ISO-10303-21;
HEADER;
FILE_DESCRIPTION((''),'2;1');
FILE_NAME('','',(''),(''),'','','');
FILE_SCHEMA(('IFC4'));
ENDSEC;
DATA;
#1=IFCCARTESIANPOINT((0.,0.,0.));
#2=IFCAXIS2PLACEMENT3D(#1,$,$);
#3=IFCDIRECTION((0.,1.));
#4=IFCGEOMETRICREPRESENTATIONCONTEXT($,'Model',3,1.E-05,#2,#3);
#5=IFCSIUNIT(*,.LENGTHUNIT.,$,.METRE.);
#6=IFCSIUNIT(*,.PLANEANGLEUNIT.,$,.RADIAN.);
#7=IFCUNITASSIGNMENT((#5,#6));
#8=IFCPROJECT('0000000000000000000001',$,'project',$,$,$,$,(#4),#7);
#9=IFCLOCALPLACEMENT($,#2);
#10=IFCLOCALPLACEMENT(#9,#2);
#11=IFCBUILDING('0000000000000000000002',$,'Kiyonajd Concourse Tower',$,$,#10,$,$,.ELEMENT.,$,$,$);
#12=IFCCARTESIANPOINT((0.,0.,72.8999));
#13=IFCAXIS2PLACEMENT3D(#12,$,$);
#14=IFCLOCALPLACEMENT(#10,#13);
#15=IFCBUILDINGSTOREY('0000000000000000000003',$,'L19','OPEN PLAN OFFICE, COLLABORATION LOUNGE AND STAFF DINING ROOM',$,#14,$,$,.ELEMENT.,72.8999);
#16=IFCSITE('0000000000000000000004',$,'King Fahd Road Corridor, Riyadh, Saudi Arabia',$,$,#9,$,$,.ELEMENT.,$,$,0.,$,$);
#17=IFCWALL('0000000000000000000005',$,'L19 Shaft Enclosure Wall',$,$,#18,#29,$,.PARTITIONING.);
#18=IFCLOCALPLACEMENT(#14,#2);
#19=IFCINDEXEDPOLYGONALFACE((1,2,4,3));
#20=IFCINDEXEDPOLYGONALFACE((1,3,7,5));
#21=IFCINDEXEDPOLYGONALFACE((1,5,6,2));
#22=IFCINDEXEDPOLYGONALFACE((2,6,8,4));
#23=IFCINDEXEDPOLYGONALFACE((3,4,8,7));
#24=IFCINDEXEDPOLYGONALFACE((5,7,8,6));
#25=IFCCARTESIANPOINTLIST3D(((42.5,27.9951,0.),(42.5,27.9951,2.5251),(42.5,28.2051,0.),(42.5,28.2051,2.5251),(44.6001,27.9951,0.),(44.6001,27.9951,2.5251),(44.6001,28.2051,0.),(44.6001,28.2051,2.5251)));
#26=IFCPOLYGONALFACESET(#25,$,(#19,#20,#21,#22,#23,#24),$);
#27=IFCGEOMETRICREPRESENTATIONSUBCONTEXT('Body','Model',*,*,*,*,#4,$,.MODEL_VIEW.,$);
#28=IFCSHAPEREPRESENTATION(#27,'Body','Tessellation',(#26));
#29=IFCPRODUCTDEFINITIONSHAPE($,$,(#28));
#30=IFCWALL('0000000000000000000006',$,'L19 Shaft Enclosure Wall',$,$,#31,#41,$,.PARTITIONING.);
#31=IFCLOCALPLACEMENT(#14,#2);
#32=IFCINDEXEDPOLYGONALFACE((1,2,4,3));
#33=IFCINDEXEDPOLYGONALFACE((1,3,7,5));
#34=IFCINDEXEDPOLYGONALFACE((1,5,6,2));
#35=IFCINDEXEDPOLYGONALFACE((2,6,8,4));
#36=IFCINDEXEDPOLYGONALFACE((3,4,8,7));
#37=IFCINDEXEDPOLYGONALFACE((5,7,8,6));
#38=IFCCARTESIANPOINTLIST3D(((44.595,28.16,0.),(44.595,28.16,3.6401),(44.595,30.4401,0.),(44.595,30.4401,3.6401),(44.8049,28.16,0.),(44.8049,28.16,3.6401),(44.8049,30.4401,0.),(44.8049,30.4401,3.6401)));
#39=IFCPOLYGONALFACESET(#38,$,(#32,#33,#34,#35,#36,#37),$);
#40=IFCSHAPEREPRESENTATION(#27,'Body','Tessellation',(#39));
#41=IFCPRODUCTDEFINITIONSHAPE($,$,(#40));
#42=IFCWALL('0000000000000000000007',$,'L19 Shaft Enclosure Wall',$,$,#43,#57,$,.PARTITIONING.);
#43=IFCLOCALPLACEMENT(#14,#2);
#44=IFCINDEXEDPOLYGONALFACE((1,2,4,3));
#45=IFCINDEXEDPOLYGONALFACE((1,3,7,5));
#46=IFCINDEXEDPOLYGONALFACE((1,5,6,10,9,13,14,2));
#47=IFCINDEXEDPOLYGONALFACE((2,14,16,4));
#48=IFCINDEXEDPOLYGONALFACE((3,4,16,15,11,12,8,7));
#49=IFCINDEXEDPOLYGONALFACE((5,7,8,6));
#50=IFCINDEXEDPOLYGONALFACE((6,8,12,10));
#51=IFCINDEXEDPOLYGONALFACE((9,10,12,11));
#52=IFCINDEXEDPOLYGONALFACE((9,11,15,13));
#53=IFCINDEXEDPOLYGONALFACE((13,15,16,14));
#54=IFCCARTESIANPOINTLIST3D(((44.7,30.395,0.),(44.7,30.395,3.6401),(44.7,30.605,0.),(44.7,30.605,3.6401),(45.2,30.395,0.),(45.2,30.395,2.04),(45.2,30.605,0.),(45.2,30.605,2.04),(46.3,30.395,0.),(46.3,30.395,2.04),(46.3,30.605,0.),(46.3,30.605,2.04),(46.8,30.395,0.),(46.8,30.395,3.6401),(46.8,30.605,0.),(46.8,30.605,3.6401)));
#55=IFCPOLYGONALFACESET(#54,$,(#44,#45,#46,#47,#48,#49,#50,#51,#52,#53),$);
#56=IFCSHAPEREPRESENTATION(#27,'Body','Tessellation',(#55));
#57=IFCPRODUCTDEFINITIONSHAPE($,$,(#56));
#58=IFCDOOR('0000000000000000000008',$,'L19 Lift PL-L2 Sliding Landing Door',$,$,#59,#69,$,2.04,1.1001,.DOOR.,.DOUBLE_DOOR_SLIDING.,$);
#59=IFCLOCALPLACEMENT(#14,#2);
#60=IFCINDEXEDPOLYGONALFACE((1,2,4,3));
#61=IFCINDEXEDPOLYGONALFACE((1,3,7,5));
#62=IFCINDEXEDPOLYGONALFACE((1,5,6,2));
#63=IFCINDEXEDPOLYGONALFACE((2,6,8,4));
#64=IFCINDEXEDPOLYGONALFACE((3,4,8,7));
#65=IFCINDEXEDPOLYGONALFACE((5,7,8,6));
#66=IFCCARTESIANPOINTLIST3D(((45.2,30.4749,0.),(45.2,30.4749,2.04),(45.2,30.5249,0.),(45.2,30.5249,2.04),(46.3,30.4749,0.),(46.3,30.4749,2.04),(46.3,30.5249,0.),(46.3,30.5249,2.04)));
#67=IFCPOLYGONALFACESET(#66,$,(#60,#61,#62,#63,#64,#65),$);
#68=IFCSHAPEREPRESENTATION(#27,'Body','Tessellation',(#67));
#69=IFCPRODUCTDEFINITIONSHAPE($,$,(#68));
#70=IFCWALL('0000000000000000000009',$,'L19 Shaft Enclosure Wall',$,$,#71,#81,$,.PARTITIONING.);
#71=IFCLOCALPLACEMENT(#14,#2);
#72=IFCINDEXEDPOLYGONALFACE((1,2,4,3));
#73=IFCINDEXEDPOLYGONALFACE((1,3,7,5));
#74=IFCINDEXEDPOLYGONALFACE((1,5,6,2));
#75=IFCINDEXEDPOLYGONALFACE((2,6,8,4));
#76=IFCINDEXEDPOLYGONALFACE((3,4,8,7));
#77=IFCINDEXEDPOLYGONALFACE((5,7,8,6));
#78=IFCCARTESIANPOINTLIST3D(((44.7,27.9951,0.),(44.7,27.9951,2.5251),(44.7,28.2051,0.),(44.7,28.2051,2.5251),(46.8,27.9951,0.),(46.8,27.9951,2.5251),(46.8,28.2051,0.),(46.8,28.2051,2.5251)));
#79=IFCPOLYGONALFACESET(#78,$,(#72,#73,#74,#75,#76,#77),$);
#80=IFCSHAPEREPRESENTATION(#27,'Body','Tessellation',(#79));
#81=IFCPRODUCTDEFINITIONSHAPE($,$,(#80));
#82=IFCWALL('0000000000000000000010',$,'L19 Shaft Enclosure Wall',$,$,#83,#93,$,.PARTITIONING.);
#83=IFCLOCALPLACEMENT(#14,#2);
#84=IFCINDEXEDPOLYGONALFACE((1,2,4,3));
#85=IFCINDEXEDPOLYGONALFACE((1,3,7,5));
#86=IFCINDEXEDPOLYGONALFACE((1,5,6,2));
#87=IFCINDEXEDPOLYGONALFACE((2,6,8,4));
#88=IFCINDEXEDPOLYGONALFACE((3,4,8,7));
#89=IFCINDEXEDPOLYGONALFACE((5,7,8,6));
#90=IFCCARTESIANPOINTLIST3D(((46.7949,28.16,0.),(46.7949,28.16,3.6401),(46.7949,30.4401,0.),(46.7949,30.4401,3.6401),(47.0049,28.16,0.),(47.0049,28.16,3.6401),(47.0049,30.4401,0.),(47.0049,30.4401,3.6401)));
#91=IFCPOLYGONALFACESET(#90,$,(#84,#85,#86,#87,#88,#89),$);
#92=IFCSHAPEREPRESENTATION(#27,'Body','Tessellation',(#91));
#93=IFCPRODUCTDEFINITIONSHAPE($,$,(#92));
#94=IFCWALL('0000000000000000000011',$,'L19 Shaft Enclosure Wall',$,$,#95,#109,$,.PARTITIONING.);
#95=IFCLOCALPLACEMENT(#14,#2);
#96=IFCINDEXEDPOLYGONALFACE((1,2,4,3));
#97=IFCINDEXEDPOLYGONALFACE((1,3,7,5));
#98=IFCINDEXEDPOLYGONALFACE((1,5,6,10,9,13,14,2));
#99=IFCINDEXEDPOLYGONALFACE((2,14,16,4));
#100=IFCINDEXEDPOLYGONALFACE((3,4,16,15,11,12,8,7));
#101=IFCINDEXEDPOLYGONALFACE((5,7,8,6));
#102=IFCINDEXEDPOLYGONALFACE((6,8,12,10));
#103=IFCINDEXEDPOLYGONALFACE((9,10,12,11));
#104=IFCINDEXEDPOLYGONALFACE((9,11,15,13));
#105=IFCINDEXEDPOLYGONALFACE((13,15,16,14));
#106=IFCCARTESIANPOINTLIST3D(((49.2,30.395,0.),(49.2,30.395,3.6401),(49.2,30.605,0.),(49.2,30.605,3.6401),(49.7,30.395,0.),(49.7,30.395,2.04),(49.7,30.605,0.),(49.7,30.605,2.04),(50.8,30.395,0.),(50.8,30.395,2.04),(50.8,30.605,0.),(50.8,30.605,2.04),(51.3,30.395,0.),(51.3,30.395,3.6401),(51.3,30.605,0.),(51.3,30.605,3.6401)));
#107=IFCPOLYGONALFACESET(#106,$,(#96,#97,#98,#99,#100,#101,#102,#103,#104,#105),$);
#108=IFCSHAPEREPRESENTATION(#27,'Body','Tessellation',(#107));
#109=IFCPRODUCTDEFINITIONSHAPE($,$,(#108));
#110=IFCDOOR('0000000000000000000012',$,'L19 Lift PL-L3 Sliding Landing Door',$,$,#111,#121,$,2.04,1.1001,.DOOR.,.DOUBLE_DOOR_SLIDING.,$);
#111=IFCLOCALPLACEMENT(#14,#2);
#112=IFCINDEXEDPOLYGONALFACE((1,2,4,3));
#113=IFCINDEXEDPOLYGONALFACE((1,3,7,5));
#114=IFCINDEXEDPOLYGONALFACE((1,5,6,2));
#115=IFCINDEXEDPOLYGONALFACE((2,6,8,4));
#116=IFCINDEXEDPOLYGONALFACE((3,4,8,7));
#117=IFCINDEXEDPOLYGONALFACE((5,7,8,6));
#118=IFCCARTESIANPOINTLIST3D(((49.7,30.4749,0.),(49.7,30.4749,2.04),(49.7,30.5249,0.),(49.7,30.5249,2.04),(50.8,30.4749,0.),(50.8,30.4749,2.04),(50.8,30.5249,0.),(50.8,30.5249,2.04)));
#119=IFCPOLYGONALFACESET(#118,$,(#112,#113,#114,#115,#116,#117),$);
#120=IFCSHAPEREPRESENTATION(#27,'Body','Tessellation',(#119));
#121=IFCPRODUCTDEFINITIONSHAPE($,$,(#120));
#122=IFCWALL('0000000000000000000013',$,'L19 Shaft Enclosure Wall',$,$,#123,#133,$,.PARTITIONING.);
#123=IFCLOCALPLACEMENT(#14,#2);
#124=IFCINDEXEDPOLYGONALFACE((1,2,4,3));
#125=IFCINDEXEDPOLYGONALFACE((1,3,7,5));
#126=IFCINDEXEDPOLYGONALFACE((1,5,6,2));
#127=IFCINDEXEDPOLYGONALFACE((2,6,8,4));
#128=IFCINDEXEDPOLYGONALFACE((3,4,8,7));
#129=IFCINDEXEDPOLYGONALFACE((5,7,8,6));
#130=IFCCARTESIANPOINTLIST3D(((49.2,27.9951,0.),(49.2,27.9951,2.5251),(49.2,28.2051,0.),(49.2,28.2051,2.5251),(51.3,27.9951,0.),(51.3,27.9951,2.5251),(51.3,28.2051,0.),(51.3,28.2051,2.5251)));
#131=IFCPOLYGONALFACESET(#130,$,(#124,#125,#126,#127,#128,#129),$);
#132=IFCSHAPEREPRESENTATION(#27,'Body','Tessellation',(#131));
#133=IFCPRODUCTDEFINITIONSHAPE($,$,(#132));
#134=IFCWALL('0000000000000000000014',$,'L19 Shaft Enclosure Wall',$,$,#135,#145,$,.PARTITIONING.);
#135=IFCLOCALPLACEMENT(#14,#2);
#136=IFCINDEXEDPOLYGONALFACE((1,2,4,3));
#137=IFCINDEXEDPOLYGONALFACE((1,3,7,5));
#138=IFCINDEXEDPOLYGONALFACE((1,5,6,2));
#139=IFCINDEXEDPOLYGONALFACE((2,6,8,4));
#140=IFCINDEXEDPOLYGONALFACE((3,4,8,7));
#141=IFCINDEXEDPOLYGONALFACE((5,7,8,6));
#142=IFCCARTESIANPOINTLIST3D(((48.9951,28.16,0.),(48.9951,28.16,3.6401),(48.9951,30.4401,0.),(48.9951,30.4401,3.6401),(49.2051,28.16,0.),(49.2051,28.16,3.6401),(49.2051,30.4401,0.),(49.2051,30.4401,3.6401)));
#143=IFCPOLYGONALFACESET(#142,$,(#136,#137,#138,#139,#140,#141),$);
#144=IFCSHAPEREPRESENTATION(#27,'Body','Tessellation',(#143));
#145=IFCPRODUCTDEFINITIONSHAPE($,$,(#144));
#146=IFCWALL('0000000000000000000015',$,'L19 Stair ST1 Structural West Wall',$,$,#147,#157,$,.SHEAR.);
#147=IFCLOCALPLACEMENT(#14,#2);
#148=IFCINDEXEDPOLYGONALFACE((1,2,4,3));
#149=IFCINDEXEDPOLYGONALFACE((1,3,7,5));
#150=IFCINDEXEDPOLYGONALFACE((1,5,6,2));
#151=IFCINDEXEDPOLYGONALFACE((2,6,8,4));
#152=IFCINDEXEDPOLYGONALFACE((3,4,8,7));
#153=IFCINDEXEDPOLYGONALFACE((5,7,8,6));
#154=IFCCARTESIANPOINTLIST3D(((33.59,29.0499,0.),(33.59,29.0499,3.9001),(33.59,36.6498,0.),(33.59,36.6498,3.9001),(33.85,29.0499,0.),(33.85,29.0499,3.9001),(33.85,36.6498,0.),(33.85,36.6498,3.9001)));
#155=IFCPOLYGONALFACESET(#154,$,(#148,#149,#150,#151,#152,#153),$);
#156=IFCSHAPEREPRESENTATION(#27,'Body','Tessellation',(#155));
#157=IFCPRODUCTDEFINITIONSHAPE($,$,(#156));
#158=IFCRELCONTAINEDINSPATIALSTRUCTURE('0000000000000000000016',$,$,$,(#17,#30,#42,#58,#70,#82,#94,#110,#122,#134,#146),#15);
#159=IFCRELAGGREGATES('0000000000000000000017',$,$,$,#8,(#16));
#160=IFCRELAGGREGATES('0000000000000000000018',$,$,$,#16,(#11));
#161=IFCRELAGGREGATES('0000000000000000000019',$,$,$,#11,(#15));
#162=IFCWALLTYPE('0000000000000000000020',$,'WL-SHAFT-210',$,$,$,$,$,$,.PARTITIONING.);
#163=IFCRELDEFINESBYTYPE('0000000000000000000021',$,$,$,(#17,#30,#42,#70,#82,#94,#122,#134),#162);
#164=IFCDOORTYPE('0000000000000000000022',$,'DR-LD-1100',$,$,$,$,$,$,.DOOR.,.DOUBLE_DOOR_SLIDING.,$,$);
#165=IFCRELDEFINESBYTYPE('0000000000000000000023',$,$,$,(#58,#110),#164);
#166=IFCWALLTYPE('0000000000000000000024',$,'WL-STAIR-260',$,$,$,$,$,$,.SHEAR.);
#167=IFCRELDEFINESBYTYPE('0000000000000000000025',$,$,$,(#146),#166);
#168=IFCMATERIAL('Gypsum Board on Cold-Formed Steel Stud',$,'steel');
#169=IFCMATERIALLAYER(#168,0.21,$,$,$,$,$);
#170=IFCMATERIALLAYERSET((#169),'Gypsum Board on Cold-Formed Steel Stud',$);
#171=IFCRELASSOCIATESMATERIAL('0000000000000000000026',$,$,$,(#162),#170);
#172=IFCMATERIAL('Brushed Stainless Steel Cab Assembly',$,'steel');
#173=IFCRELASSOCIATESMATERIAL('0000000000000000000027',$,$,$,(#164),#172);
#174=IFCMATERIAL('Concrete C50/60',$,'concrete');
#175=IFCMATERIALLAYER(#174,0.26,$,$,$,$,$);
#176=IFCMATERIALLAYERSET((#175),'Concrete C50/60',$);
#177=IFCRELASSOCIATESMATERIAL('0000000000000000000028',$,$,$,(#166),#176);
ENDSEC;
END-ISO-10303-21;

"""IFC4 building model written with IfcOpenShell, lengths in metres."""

from ifc_helpers import new_model, si_unit, direction, frame, frame_2d, origin, place, context, subcontext, project, spatial, rectangle, extrude, material, layer, layer_set, type_object, element, fill, save


model = new_model("IFC4")

# Units and contexts
model_context = context("Model", 3, precision=1e-05, world=origin(), true_north=direction((0.0, 1.0)))
body_context = subcontext(model_context, "Body", "Model", "MODEL_VIEW")
ifc_project = project(units=[si_unit("LENGTHUNIT", "METRE"), si_unit("PLANEANGLEUNIT", "RADIAN")], contexts=[model_context])

# Site, building, storey
site_placement = place(None, origin())
site = spatial("IfcSite", under=ifc_project, at=site_placement, Name="King Fahd Road Corridor, Riyadh, Saudi Arabia", CompositionType="ELEMENT", RefElevation=0.0)
building_placement = place(site_placement, origin())
building = spatial("IfcBuilding", under=site, at=building_placement, Name="Kiyonajd Concourse Tower", CompositionType="ELEMENT")
storey_placement = place(building_placement, frame((0.0, 0.0, 72.8999)))
storey = spatial("IfcBuildingStorey", under=building, at=storey_placement, Name="L19", Description="OPEN PLAN OFFICE, COLLABORATION LOUNGE AND STAFF DINING ROOM", CompositionType="ELEMENT", Elevation=72.8999)

# Shared definitions
ifc_material_1 = material(Name="Gypsum Board on Cold-Formed Steel Stud", Category="steel")

# Shared definitions
ifc_layer_1 = layer(ifc_material_1, 0.21)
ifc_layer_set_1 = layer_set([ifc_layer_1], Name="Gypsum Board on Cold-Formed Steel Stud")
wall_type_1 = type_object("IfcWallType", Name="WL-SHAFT-210", PredefinedType="PARTITIONING", material=ifc_layer_set_1)
ifc_material_2 = material(Name="Brushed Stainless Steel Cab Assembly", Category="steel")
door_type_1 = type_object("IfcDoorType", Name="DR-LD-1100", OperationType="DOUBLE_DOOR_SLIDING", PredefinedType="DOOR", material=ifc_material_2)

# Walls
wall_1_placement = place(storey_placement, frame((42.5, 28.1001, 0.0), z_axis=(0.0, 0.0, 1.0), x_axis=(1.0, 0.0, 0.0)))
element("IfcWall", 1, at=wall_1_placement, inside=storey, type_object=wall_type_1, Name="L19 Shaft Enclosure Wall", PredefinedType="PARTITIONING", context=body_context, shape_type="SweptSolid", body=[
    extrude(rectangle(XDim=2.1001, YDim=0.21, at=frame_2d((1.05, 0.0))), origin(), (0.0, 0.0, 1.0), 2.5251),
])
wall_2_placement = place(storey_placement, frame((44.7, 28.1599, 0.0), z_axis=(0.0, 0.0, 1.0), x_axis=(0.0, 1.0, 0.0)))
element("IfcWall", 2, at=wall_2_placement, inside=storey, type_object=wall_type_1, Name="L19 Shaft Enclosure Wall", PredefinedType="PARTITIONING", context=body_context, shape_type="SweptSolid", body=[
    extrude(rectangle(XDim=2.28, YDim=0.21, at=frame_2d((1.1401, 0.0))), origin(), (0.0, 0.0, 1.0), 3.6401),
])

# Wall, opening, door
wall_3_placement = place(storey_placement, frame((44.7, 30.5, 0.0), z_axis=(0.0, 0.0, 1.0), x_axis=(1.0, 0.0, 0.0)))
wall_3 = element("IfcWall", 3, at=wall_3_placement, inside=storey, type_object=wall_type_1, Name="L19 Shaft Enclosure Wall", PredefinedType="PARTITIONING", context=body_context, shape_type="SweptSolid", body=[
    extrude(rectangle(XDim=2.1001, YDim=0.21, at=frame_2d((1.05, 0.0))), origin(), (0.0, 0.0, 1.0), 3.6401),
])
opening_1_placement = place(wall_3_placement, frame((0.5, 0.0, 0.0)))
opening_1 = element("IfcOpeningElement", 4, at=opening_1_placement, cuts=wall_3, PredefinedType="OPENING", context=body_context, shape_type="SweptSolid", body=[
    extrude(rectangle(XDim=1.1001, YDim=2.04, at=frame_2d((0.55, 1.02))), frame((0.0, 0.115, 0.0), z_axis=(0.0, -1.0, 0.0), x_axis=(1.0, 0.0, 0.0)), (0.0, 0.0, 1.0), 0.23),
])
door_1_placement = place(opening_1_placement, origin())
door_1 = element("IfcDoor", 5, at=door_1_placement, inside=storey, type_object=door_type_1, Name="L19 Lift PL-L2 Sliding Landing Door", OperationType="DOUBLE_DOOR_SLIDING", OverallHeight=2.04, OverallWidth=1.1001, PredefinedType="DOOR", context=body_context, shape_type="SweptSolid", body=[
    extrude(rectangle(XDim=1.1001, YDim=2.04, at=frame_2d((0.55, 1.02))), frame((0.0, 0.0249, 0.0), z_axis=(0.0, -1.0, 0.0), x_axis=(1.0, 0.0, 0.0)), (0.0, 0.0, 1.0), 0.05),
])
fill(opening_1, door_1)

# Walls
wall_4_placement = place(storey_placement, frame((44.7, 28.1001, 0.0), z_axis=(0.0, 0.0, 1.0), x_axis=(1.0, 0.0, 0.0)))
element("IfcWall", 6, at=wall_4_placement, inside=storey, type_object=wall_type_1, Name="L19 Shaft Enclosure Wall", PredefinedType="PARTITIONING", context=body_context, shape_type="SweptSolid", body=[
    extrude(rectangle(XDim=2.1001, YDim=0.21, at=frame_2d((1.05, 0.0))), origin(), (0.0, 0.0, 1.0), 2.5251),
])
wall_5_placement = place(storey_placement, frame((46.8999, 28.1599, 0.0), z_axis=(0.0, 0.0, 1.0), x_axis=(0.0, 1.0, 0.0)))
element("IfcWall", 7, at=wall_5_placement, inside=storey, type_object=wall_type_1, Name="L19 Shaft Enclosure Wall", PredefinedType="PARTITIONING", context=body_context, shape_type="SweptSolid", body=[
    extrude(rectangle(XDim=2.28, YDim=0.21, at=frame_2d((1.1401, 0.0))), origin(), (0.0, 0.0, 1.0), 3.6401),
])

# Wall, opening, door
wall_6_placement = place(storey_placement, frame((49.2, 30.5, 0.0), z_axis=(0.0, 0.0, 1.0), x_axis=(1.0, 0.0, 0.0)))
wall_6 = element("IfcWall", 8, at=wall_6_placement, inside=storey, type_object=wall_type_1, Name="L19 Shaft Enclosure Wall", PredefinedType="PARTITIONING", context=body_context, shape_type="SweptSolid", body=[
    extrude(rectangle(XDim=2.1001, YDim=0.21, at=frame_2d((1.05, 0.0))), origin(), (0.0, 0.0, 1.0), 3.6401),
])
opening_2_placement = place(wall_6_placement, frame((0.5, 0.0, 0.0)))
opening_2 = element("IfcOpeningElement", 9, at=opening_2_placement, cuts=wall_6, PredefinedType="OPENING", context=body_context, shape_type="SweptSolid", body=[
    extrude(rectangle(XDim=1.1001, YDim=2.04, at=frame_2d((0.55, 1.02))), frame((0.0, 0.115, 0.0), z_axis=(0.0, -1.0, 0.0), x_axis=(1.0, 0.0, 0.0)), (0.0, 0.0, 1.0), 0.23),
])
door_2_placement = place(opening_2_placement, origin())
door_2 = element("IfcDoor", 10, at=door_2_placement, inside=storey, type_object=door_type_1, Name="L19 Lift PL-L3 Sliding Landing Door", OperationType="DOUBLE_DOOR_SLIDING", OverallHeight=2.04, OverallWidth=1.1001, PredefinedType="DOOR", context=body_context, shape_type="SweptSolid", body=[
    extrude(rectangle(XDim=1.1001, YDim=2.04, at=frame_2d((0.55, 1.02))), frame((0.0, 0.0249, 0.0), z_axis=(0.0, -1.0, 0.0), x_axis=(1.0, 0.0, 0.0)), (0.0, 0.0, 1.0), 0.05),
])
fill(opening_2, door_2)

# Walls
wall_7_placement = place(storey_placement, frame((49.2, 28.1001, 0.0), z_axis=(0.0, 0.0, 1.0), x_axis=(1.0, 0.0, 0.0)))
element("IfcWall", 11, at=wall_7_placement, inside=storey, type_object=wall_type_1, Name="L19 Shaft Enclosure Wall", PredefinedType="PARTITIONING", context=body_context, shape_type="SweptSolid", body=[
    extrude(rectangle(XDim=2.1001, YDim=0.21, at=frame_2d((1.05, 0.0))), origin(), (0.0, 0.0, 1.0), 2.5251),
])
wall_8_placement = place(storey_placement, frame((49.1001, 28.1599, 0.0), z_axis=(0.0, 0.0, 1.0), x_axis=(0.0, 1.0, 0.0)))
element("IfcWall", 12, at=wall_8_placement, inside=storey, type_object=wall_type_1, Name="L19 Shaft Enclosure Wall", PredefinedType="PARTITIONING", context=body_context, shape_type="SweptSolid", body=[
    extrude(rectangle(XDim=2.28, YDim=0.21, at=frame_2d((1.1401, 0.0))), origin(), (0.0, 0.0, 1.0), 3.6401),
])
ifc_material_3 = material(Name="Concrete C50/60", Category="concrete")
ifc_layer_2 = layer(ifc_material_3, 0.26)
ifc_layer_set_2 = layer_set([ifc_layer_2], Name="Concrete C50/60")
wall_type_2 = type_object("IfcWallType", Name="WL-STAIR-260", PredefinedType="SHEAR", material=ifc_layer_set_2)
wall_9_placement = place(storey_placement, frame((33.72, 29.05, 0.0), z_axis=(0.0, 0.0, 1.0), x_axis=(0.0, 1.0, 0.0)))
element("IfcWall", 13, at=wall_9_placement, inside=storey, type_object=wall_type_2, Name="L19 Stair ST1 Structural West Wall", PredefinedType="SHEAR", context=body_context, shape_type="SweptSolid", body=[
    extrude(rectangle(XDim=7.5999, YDim=0.26, at=frame_2d((3.7998, 0.0))), origin(), (0.0, 0.0, 1.0), 3.9001),
])

save(model, "model.ifc")
